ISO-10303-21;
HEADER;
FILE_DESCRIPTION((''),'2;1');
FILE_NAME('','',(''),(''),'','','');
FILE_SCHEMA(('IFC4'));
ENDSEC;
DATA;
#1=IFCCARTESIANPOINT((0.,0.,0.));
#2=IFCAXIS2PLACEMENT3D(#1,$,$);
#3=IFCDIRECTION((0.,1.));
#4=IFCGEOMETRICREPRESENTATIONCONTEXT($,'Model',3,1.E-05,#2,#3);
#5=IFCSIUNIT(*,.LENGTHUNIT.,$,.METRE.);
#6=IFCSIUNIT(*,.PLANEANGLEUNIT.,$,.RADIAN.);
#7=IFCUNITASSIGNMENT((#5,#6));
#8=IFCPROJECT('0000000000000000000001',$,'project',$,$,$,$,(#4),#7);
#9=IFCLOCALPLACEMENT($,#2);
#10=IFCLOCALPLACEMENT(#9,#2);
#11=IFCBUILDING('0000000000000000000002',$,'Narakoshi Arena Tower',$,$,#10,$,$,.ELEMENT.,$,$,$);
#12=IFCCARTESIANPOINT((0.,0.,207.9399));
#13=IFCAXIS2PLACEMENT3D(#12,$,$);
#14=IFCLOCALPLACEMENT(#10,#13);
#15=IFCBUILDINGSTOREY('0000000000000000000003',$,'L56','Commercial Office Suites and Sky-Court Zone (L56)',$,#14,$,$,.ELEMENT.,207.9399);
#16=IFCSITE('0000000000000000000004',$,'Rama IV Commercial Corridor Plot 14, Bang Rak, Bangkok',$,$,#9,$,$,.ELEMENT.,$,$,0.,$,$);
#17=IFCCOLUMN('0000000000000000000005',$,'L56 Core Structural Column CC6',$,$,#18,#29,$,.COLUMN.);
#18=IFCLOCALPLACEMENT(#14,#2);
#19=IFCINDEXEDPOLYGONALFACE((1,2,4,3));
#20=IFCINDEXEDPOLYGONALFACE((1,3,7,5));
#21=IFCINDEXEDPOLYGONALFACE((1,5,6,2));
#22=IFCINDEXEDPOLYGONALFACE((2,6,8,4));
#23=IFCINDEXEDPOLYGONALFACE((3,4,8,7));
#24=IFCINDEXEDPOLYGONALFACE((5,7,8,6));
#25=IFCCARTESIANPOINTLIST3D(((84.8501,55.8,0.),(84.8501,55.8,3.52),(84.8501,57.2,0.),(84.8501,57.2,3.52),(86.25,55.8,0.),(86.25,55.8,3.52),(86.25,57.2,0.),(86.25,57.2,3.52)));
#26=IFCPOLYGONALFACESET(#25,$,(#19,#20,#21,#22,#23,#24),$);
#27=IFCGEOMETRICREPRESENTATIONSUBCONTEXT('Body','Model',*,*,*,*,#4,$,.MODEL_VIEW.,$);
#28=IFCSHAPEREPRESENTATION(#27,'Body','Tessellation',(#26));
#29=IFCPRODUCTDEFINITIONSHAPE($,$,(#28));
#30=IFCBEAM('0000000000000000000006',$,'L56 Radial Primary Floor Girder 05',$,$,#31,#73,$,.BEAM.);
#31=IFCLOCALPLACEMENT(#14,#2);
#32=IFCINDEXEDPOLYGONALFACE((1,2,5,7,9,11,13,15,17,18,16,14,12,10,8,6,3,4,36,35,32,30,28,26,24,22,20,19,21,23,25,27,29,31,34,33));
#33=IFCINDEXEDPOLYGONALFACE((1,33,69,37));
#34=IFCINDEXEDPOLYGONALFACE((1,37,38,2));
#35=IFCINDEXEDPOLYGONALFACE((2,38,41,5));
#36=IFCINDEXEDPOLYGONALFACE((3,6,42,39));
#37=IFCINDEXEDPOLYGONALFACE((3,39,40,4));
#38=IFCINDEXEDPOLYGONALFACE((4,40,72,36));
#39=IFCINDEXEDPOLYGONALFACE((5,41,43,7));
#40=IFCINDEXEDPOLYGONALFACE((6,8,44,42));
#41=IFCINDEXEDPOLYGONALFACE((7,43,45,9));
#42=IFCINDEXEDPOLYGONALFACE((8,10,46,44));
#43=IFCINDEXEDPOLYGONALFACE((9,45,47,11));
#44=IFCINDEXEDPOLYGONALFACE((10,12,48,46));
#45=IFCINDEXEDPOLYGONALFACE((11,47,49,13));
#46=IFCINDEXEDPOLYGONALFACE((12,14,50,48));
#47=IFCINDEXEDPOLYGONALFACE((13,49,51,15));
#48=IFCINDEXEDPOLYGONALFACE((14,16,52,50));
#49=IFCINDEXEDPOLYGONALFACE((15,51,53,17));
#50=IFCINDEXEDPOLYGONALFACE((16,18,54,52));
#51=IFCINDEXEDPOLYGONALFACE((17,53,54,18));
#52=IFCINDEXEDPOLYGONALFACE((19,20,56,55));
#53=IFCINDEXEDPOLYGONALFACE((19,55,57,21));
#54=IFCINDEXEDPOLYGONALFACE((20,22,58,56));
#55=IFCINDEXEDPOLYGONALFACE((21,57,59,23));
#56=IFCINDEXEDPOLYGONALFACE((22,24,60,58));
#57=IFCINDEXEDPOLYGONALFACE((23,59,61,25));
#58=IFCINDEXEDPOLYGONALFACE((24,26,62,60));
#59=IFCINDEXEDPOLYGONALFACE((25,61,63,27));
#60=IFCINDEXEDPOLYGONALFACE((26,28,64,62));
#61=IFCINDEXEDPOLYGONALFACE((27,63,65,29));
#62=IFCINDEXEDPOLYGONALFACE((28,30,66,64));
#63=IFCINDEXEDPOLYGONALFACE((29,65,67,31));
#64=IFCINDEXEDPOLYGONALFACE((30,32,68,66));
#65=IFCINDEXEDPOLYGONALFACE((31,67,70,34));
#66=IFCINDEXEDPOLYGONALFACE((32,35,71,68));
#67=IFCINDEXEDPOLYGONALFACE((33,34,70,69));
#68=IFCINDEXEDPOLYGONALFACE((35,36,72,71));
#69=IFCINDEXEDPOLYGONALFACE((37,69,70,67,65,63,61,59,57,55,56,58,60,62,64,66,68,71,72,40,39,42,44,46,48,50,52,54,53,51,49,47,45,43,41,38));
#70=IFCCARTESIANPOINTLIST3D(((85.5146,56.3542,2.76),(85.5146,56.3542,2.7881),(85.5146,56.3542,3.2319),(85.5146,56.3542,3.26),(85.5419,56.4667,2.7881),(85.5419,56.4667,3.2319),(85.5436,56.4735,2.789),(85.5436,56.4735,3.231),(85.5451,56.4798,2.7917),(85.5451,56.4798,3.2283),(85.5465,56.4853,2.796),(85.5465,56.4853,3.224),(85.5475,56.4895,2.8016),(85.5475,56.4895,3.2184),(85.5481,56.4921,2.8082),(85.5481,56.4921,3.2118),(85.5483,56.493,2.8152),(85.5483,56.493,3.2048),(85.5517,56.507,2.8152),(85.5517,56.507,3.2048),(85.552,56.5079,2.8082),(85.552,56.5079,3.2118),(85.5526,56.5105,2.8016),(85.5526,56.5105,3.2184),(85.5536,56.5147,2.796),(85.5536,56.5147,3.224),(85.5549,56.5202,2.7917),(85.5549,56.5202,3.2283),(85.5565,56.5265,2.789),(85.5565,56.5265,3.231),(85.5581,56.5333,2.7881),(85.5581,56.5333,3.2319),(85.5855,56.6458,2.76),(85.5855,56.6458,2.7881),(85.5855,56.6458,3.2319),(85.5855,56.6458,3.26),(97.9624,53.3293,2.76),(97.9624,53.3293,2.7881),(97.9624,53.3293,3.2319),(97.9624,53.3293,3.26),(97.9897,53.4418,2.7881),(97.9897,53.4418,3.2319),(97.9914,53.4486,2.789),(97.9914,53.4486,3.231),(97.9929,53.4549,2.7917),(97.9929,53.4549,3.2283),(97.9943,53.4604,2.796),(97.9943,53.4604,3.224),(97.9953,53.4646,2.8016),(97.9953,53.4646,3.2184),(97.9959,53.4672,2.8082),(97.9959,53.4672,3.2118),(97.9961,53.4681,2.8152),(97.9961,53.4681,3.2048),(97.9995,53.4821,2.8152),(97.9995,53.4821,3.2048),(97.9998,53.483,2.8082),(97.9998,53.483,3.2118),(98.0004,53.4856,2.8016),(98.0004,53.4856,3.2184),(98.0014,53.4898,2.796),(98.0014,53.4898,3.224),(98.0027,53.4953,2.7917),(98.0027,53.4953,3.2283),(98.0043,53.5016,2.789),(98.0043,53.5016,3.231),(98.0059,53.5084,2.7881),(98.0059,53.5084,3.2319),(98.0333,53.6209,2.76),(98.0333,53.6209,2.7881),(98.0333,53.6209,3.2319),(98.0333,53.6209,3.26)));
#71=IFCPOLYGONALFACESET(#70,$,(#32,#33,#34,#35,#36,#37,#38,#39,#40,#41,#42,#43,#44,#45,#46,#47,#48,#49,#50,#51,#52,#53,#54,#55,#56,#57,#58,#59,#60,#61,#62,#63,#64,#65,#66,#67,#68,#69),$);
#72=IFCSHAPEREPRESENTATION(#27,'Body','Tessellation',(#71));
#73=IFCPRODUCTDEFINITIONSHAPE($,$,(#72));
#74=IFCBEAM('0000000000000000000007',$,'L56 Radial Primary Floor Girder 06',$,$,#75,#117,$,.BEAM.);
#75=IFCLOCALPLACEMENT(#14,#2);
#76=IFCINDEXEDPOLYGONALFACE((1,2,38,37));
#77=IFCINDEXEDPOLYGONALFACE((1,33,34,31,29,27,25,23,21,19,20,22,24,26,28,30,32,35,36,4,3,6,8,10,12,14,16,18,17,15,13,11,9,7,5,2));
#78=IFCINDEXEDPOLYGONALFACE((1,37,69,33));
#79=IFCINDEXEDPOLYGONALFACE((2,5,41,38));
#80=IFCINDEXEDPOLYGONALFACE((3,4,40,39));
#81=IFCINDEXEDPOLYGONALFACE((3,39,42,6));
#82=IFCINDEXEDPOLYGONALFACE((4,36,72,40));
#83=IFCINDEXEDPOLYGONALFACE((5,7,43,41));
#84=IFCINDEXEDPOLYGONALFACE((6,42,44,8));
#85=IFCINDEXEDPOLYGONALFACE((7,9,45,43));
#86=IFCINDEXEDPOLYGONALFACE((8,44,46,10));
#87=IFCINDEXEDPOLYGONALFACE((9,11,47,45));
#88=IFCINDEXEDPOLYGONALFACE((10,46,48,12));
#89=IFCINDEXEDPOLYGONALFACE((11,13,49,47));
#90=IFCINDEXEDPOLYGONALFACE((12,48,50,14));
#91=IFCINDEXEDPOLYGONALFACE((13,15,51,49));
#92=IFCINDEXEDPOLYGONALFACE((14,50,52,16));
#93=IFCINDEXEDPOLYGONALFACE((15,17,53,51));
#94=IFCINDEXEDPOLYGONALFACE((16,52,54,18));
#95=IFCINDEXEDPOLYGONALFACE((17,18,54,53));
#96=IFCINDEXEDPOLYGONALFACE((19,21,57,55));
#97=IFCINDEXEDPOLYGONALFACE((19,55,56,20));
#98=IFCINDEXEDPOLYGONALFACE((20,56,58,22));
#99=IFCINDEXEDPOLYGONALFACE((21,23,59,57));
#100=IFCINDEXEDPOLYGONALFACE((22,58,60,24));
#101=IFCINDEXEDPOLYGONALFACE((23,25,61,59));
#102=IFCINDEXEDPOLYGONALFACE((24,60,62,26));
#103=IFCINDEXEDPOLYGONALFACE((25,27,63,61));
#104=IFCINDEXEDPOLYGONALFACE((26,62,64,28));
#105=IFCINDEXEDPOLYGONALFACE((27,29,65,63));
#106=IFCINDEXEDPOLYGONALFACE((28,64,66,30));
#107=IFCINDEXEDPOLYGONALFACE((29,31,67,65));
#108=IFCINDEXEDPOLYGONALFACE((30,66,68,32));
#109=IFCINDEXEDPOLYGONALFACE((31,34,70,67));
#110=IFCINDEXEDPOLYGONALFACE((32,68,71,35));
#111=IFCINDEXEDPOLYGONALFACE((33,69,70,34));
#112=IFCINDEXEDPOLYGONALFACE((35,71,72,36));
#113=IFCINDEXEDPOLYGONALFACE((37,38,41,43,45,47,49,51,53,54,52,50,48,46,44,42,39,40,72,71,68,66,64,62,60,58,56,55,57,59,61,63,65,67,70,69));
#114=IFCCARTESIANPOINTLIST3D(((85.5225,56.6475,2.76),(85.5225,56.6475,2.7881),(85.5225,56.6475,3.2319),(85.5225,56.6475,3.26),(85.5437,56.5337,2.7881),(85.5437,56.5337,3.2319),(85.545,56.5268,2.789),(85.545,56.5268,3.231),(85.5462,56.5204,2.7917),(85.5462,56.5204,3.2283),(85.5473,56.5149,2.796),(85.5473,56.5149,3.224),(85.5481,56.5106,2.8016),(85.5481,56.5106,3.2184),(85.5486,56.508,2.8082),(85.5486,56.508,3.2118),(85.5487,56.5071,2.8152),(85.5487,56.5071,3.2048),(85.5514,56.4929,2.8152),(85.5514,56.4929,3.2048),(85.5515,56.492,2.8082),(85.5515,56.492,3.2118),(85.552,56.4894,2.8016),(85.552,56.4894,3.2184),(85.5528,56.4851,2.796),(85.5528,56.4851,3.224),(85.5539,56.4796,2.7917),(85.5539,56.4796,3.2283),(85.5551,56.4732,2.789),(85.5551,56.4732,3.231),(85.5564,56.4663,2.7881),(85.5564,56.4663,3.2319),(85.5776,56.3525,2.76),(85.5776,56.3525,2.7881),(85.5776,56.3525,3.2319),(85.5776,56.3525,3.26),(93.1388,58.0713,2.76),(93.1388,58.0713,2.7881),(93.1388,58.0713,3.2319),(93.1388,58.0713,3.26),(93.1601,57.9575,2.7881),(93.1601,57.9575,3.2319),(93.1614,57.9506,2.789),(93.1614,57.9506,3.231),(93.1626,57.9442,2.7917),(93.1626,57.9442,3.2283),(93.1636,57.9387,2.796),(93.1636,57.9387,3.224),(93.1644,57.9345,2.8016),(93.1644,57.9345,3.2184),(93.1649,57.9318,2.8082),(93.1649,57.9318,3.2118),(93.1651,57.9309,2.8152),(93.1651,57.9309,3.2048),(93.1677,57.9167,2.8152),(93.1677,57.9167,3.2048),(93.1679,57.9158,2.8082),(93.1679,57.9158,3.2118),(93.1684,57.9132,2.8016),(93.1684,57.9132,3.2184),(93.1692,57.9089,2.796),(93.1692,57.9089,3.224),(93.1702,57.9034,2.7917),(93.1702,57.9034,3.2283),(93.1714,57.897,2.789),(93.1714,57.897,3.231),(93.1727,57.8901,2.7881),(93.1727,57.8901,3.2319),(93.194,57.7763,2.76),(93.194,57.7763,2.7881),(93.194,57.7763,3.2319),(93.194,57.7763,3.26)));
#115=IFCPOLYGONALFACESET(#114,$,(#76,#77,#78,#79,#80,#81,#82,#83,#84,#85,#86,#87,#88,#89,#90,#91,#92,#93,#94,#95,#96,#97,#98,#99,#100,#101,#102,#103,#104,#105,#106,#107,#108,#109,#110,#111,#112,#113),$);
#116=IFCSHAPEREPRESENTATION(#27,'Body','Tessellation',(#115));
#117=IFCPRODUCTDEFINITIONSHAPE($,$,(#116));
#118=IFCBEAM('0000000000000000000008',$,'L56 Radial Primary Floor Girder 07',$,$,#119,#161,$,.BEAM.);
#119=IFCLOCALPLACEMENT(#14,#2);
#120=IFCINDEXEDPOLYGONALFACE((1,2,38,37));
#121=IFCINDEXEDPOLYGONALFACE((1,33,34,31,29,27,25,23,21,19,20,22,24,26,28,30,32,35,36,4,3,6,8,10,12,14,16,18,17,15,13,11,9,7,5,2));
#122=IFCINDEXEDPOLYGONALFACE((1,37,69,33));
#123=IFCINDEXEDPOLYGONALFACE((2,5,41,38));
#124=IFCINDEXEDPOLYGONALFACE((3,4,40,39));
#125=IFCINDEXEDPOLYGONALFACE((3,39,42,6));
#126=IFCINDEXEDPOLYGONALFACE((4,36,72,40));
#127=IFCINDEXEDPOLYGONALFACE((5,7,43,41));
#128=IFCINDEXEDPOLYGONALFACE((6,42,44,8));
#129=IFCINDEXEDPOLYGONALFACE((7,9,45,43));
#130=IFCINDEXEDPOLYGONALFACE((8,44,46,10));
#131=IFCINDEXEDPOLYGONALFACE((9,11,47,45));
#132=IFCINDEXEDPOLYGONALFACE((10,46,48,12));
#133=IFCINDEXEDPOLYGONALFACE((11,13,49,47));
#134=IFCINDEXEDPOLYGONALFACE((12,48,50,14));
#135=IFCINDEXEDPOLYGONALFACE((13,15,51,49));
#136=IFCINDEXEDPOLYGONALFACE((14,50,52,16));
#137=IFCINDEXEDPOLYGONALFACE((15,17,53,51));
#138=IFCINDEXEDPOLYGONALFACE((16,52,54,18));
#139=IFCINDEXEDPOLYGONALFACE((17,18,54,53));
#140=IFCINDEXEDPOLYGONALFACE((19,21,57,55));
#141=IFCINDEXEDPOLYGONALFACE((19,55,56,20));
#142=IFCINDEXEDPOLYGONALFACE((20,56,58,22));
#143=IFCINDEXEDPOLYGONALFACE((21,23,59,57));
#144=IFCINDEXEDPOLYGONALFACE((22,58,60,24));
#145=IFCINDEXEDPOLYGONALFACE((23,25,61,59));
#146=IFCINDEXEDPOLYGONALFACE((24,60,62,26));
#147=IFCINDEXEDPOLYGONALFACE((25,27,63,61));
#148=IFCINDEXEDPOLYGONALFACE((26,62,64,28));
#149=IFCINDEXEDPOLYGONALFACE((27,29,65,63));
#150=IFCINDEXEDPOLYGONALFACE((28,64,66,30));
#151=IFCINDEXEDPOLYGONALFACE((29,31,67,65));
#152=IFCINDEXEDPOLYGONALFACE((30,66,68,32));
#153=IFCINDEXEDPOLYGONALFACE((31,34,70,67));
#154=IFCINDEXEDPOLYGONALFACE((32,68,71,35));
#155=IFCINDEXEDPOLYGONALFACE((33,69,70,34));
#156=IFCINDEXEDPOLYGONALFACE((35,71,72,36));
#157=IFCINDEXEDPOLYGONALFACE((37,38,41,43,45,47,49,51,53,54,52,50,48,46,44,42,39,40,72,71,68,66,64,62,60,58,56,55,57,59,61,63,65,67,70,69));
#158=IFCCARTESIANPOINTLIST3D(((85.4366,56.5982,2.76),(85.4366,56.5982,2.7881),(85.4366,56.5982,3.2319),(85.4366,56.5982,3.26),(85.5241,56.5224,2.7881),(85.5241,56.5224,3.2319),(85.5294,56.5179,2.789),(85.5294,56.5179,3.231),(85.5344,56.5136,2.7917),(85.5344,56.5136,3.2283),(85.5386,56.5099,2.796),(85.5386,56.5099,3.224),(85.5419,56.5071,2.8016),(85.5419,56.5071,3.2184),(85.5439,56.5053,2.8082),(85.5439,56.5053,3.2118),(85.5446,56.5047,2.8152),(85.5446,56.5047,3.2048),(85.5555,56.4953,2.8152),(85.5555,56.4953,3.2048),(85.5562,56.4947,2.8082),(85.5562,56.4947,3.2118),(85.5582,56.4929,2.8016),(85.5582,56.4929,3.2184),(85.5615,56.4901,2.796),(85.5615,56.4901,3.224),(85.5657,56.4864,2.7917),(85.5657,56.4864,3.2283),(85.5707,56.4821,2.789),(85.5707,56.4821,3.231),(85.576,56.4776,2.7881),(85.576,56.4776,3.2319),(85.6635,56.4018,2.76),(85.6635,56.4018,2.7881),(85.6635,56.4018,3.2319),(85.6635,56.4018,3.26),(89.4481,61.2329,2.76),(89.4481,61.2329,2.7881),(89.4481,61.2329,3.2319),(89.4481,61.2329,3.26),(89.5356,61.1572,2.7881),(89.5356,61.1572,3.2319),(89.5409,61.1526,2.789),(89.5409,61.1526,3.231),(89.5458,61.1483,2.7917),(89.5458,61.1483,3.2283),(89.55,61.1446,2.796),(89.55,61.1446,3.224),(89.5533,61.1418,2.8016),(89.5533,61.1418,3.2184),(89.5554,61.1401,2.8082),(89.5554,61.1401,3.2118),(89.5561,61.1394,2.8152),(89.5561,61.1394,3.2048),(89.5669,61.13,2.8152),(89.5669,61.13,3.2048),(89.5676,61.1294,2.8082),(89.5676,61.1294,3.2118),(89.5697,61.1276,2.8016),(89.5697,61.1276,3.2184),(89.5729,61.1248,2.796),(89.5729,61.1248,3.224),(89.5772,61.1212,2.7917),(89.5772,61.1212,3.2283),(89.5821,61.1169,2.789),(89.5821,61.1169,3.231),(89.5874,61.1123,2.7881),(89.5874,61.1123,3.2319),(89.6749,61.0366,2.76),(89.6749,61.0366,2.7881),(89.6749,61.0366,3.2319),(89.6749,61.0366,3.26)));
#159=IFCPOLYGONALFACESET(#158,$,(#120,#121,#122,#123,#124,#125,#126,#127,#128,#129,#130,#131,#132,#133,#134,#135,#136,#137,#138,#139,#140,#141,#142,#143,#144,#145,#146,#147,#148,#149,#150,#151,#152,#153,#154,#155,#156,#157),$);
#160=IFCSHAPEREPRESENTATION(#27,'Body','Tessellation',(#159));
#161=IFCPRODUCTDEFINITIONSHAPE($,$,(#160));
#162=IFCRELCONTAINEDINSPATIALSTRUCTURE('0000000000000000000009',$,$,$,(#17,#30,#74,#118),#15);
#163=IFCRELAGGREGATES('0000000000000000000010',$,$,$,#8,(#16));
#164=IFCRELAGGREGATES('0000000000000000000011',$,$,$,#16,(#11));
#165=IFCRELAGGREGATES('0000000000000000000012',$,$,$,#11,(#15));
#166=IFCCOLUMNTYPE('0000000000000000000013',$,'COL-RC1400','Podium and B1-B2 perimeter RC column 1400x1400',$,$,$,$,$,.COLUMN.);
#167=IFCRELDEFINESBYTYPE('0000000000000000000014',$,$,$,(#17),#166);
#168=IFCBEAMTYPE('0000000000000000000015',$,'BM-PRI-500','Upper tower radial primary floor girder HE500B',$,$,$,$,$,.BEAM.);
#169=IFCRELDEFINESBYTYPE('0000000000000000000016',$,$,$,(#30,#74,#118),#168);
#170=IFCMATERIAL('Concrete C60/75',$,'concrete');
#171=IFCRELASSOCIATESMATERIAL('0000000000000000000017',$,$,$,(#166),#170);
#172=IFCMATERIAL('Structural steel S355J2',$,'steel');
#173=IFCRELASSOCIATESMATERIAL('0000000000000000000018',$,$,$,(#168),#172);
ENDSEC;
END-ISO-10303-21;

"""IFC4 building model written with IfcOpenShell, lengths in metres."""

from ifc_helpers import new_model, si_unit, direction, frame, origin, origin_2d, place, context, subcontext, project, spatial, rectangle, i_section, extrude, material, material_profile, profile_set, type_object, element, save


model = new_model("IFC4")

# Units and contexts
model_context = context("Model", 3, precision=1e-05, world=origin(), true_north=direction((0.0, 1.0)))
body_context = subcontext(model_context, "Body", "Model", "MODEL_VIEW")
ifc_project = project(units=[si_unit("LENGTHUNIT", "METRE"), si_unit("PLANEANGLEUNIT", "RADIAN")], contexts=[model_context])

# Site, building, storey
site_placement = place(None, origin())
site = spatial("IfcSite", under=ifc_project, at=site_placement, Name="Rama IV Commercial Corridor Plot 14, Bang Rak, Bangkok", CompositionType="ELEMENT", RefElevation=0.0)
building_placement = place(site_placement, origin())
building = spatial("IfcBuilding", under=site, at=building_placement, Name="Narakoshi Arena Tower", CompositionType="ELEMENT")
storey_placement = place(building_placement, frame((0.0, 0.0, 207.9399)))
storey = spatial("IfcBuildingStorey", under=building, at=storey_placement, Name="L56", Description="Commercial Office Suites and Sky-Court Zone (L56)", CompositionType="ELEMENT", Elevation=207.9399)

# Column
ifc_material_1 = material(Name="Concrete C60/75", Category="concrete")
ifc_material_profile_1 = material_profile(ifc_material_1, rectangle(XDim=1.3999, YDim=1.3999, at=origin_2d()), Name="RC1400x1400")
ifc_profile_set_1 = profile_set([ifc_material_profile_1], Name="Concrete C60/75")
column_type = type_object("IfcColumnType", Name="COL-RC1400", Description="Podium and B1-B2 perimeter RC column 1400x1400", PredefinedType="COLUMN", material=ifc_profile_set_1)
column_placement = place(storey_placement, frame((85.55, 56.5, 0.0), z_axis=(0.0, 0.0, 1.0), x_axis=(1.0, 0.0, 0.0)))
element("IfcColumn", 1, at=column_placement, inside=storey, type_object=column_type, Name="L56 Core Structural Column CC6", PredefinedType="COLUMN", context=body_context, shape_type="SweptSolid", body=[
    extrude(rectangle(XDim=1.3999, YDim=1.3999, at=origin_2d()), origin(), (0.0, 0.0, 1.0), 3.52),
])

# Beams
ifc_material_2 = material(Name="Structural steel S355J2", Category="steel")
ifc_material_profile_2 = material_profile(ifc_material_2, i_section(OverallWidth=0.3, OverallDepth=0.5, WebThickness=0.0144, FlangeThickness=0.0281, FilletRadius=0.0271, at=origin_2d()), Name="HE500B")
ifc_profile_set_2 = profile_set([ifc_material_profile_2], Name="Structural steel S355J2")
beam_type = type_object("IfcBeamType", Name="BM-PRI-500", Description="Upper tower radial primary floor girder HE500B", PredefinedType="BEAM", material=ifc_profile_set_2)
beam_1_placement = place(storey_placement, frame((85.55, 56.5, 3.01), z_axis=(0.97172, -0.236136, 0.0), x_axis=(0.236136, 0.97172, 0.0)))
element("IfcBeam", 2, at=beam_1_placement, inside=storey, type_object=beam_type, Name="L56 Radial Primary Floor Girder 05", PredefinedType="BEAM", context=body_context, shape_type="SweptSolid", body=[
    extrude(i_section(OverallWidth=0.3, OverallDepth=0.5, WebThickness=0.0144, FlangeThickness=0.0281, FilletRadius=0.0271, at=origin_2d()), origin(), (0.0, 0.0, 1.0), 12.8101),
])
beam_2_placement = place(storey_placement, frame((85.55, 56.5, 3.01), z_axis=(0.982972, 0.183758, 0.0), x_axis=(-0.183758, 0.982972, 0.0)))
element("IfcBeam", 3, at=beam_2_placement, inside=storey, type_object=beam_type, Name="L56 Radial Primary Floor Girder 06", PredefinedType="BEAM", context=body_context, shape_type="SweptSolid", body=[
    extrude(i_section(OverallWidth=0.3, OverallDepth=0.5, WebThickness=0.0144, FlangeThickness=0.0281, FilletRadius=0.0271, at=origin_2d()), origin(), (0.0, 0.0, 1.0), 7.7483),
])
beam_3_placement = place(storey_placement, frame((85.55, 56.5, 3.01), z_axis=(0.654435, 0.756119, 0.0), x_axis=(-0.756119, 0.654435, 0.0)))
element("IfcBeam", 4, at=beam_3_placement, inside=storey, type_object=beam_type, Name="L56 Radial Primary Floor Girder 07", PredefinedType="BEAM", context=body_context, shape_type="SweptSolid", body=[
    extrude(i_section(OverallWidth=0.3, OverallDepth=0.5, WebThickness=0.0144, FlangeThickness=0.0281, FilletRadius=0.0271, at=origin_2d()), origin(), (0.0, 0.0, 1.0), 6.1296),
])

save(model, "model.ifc")
